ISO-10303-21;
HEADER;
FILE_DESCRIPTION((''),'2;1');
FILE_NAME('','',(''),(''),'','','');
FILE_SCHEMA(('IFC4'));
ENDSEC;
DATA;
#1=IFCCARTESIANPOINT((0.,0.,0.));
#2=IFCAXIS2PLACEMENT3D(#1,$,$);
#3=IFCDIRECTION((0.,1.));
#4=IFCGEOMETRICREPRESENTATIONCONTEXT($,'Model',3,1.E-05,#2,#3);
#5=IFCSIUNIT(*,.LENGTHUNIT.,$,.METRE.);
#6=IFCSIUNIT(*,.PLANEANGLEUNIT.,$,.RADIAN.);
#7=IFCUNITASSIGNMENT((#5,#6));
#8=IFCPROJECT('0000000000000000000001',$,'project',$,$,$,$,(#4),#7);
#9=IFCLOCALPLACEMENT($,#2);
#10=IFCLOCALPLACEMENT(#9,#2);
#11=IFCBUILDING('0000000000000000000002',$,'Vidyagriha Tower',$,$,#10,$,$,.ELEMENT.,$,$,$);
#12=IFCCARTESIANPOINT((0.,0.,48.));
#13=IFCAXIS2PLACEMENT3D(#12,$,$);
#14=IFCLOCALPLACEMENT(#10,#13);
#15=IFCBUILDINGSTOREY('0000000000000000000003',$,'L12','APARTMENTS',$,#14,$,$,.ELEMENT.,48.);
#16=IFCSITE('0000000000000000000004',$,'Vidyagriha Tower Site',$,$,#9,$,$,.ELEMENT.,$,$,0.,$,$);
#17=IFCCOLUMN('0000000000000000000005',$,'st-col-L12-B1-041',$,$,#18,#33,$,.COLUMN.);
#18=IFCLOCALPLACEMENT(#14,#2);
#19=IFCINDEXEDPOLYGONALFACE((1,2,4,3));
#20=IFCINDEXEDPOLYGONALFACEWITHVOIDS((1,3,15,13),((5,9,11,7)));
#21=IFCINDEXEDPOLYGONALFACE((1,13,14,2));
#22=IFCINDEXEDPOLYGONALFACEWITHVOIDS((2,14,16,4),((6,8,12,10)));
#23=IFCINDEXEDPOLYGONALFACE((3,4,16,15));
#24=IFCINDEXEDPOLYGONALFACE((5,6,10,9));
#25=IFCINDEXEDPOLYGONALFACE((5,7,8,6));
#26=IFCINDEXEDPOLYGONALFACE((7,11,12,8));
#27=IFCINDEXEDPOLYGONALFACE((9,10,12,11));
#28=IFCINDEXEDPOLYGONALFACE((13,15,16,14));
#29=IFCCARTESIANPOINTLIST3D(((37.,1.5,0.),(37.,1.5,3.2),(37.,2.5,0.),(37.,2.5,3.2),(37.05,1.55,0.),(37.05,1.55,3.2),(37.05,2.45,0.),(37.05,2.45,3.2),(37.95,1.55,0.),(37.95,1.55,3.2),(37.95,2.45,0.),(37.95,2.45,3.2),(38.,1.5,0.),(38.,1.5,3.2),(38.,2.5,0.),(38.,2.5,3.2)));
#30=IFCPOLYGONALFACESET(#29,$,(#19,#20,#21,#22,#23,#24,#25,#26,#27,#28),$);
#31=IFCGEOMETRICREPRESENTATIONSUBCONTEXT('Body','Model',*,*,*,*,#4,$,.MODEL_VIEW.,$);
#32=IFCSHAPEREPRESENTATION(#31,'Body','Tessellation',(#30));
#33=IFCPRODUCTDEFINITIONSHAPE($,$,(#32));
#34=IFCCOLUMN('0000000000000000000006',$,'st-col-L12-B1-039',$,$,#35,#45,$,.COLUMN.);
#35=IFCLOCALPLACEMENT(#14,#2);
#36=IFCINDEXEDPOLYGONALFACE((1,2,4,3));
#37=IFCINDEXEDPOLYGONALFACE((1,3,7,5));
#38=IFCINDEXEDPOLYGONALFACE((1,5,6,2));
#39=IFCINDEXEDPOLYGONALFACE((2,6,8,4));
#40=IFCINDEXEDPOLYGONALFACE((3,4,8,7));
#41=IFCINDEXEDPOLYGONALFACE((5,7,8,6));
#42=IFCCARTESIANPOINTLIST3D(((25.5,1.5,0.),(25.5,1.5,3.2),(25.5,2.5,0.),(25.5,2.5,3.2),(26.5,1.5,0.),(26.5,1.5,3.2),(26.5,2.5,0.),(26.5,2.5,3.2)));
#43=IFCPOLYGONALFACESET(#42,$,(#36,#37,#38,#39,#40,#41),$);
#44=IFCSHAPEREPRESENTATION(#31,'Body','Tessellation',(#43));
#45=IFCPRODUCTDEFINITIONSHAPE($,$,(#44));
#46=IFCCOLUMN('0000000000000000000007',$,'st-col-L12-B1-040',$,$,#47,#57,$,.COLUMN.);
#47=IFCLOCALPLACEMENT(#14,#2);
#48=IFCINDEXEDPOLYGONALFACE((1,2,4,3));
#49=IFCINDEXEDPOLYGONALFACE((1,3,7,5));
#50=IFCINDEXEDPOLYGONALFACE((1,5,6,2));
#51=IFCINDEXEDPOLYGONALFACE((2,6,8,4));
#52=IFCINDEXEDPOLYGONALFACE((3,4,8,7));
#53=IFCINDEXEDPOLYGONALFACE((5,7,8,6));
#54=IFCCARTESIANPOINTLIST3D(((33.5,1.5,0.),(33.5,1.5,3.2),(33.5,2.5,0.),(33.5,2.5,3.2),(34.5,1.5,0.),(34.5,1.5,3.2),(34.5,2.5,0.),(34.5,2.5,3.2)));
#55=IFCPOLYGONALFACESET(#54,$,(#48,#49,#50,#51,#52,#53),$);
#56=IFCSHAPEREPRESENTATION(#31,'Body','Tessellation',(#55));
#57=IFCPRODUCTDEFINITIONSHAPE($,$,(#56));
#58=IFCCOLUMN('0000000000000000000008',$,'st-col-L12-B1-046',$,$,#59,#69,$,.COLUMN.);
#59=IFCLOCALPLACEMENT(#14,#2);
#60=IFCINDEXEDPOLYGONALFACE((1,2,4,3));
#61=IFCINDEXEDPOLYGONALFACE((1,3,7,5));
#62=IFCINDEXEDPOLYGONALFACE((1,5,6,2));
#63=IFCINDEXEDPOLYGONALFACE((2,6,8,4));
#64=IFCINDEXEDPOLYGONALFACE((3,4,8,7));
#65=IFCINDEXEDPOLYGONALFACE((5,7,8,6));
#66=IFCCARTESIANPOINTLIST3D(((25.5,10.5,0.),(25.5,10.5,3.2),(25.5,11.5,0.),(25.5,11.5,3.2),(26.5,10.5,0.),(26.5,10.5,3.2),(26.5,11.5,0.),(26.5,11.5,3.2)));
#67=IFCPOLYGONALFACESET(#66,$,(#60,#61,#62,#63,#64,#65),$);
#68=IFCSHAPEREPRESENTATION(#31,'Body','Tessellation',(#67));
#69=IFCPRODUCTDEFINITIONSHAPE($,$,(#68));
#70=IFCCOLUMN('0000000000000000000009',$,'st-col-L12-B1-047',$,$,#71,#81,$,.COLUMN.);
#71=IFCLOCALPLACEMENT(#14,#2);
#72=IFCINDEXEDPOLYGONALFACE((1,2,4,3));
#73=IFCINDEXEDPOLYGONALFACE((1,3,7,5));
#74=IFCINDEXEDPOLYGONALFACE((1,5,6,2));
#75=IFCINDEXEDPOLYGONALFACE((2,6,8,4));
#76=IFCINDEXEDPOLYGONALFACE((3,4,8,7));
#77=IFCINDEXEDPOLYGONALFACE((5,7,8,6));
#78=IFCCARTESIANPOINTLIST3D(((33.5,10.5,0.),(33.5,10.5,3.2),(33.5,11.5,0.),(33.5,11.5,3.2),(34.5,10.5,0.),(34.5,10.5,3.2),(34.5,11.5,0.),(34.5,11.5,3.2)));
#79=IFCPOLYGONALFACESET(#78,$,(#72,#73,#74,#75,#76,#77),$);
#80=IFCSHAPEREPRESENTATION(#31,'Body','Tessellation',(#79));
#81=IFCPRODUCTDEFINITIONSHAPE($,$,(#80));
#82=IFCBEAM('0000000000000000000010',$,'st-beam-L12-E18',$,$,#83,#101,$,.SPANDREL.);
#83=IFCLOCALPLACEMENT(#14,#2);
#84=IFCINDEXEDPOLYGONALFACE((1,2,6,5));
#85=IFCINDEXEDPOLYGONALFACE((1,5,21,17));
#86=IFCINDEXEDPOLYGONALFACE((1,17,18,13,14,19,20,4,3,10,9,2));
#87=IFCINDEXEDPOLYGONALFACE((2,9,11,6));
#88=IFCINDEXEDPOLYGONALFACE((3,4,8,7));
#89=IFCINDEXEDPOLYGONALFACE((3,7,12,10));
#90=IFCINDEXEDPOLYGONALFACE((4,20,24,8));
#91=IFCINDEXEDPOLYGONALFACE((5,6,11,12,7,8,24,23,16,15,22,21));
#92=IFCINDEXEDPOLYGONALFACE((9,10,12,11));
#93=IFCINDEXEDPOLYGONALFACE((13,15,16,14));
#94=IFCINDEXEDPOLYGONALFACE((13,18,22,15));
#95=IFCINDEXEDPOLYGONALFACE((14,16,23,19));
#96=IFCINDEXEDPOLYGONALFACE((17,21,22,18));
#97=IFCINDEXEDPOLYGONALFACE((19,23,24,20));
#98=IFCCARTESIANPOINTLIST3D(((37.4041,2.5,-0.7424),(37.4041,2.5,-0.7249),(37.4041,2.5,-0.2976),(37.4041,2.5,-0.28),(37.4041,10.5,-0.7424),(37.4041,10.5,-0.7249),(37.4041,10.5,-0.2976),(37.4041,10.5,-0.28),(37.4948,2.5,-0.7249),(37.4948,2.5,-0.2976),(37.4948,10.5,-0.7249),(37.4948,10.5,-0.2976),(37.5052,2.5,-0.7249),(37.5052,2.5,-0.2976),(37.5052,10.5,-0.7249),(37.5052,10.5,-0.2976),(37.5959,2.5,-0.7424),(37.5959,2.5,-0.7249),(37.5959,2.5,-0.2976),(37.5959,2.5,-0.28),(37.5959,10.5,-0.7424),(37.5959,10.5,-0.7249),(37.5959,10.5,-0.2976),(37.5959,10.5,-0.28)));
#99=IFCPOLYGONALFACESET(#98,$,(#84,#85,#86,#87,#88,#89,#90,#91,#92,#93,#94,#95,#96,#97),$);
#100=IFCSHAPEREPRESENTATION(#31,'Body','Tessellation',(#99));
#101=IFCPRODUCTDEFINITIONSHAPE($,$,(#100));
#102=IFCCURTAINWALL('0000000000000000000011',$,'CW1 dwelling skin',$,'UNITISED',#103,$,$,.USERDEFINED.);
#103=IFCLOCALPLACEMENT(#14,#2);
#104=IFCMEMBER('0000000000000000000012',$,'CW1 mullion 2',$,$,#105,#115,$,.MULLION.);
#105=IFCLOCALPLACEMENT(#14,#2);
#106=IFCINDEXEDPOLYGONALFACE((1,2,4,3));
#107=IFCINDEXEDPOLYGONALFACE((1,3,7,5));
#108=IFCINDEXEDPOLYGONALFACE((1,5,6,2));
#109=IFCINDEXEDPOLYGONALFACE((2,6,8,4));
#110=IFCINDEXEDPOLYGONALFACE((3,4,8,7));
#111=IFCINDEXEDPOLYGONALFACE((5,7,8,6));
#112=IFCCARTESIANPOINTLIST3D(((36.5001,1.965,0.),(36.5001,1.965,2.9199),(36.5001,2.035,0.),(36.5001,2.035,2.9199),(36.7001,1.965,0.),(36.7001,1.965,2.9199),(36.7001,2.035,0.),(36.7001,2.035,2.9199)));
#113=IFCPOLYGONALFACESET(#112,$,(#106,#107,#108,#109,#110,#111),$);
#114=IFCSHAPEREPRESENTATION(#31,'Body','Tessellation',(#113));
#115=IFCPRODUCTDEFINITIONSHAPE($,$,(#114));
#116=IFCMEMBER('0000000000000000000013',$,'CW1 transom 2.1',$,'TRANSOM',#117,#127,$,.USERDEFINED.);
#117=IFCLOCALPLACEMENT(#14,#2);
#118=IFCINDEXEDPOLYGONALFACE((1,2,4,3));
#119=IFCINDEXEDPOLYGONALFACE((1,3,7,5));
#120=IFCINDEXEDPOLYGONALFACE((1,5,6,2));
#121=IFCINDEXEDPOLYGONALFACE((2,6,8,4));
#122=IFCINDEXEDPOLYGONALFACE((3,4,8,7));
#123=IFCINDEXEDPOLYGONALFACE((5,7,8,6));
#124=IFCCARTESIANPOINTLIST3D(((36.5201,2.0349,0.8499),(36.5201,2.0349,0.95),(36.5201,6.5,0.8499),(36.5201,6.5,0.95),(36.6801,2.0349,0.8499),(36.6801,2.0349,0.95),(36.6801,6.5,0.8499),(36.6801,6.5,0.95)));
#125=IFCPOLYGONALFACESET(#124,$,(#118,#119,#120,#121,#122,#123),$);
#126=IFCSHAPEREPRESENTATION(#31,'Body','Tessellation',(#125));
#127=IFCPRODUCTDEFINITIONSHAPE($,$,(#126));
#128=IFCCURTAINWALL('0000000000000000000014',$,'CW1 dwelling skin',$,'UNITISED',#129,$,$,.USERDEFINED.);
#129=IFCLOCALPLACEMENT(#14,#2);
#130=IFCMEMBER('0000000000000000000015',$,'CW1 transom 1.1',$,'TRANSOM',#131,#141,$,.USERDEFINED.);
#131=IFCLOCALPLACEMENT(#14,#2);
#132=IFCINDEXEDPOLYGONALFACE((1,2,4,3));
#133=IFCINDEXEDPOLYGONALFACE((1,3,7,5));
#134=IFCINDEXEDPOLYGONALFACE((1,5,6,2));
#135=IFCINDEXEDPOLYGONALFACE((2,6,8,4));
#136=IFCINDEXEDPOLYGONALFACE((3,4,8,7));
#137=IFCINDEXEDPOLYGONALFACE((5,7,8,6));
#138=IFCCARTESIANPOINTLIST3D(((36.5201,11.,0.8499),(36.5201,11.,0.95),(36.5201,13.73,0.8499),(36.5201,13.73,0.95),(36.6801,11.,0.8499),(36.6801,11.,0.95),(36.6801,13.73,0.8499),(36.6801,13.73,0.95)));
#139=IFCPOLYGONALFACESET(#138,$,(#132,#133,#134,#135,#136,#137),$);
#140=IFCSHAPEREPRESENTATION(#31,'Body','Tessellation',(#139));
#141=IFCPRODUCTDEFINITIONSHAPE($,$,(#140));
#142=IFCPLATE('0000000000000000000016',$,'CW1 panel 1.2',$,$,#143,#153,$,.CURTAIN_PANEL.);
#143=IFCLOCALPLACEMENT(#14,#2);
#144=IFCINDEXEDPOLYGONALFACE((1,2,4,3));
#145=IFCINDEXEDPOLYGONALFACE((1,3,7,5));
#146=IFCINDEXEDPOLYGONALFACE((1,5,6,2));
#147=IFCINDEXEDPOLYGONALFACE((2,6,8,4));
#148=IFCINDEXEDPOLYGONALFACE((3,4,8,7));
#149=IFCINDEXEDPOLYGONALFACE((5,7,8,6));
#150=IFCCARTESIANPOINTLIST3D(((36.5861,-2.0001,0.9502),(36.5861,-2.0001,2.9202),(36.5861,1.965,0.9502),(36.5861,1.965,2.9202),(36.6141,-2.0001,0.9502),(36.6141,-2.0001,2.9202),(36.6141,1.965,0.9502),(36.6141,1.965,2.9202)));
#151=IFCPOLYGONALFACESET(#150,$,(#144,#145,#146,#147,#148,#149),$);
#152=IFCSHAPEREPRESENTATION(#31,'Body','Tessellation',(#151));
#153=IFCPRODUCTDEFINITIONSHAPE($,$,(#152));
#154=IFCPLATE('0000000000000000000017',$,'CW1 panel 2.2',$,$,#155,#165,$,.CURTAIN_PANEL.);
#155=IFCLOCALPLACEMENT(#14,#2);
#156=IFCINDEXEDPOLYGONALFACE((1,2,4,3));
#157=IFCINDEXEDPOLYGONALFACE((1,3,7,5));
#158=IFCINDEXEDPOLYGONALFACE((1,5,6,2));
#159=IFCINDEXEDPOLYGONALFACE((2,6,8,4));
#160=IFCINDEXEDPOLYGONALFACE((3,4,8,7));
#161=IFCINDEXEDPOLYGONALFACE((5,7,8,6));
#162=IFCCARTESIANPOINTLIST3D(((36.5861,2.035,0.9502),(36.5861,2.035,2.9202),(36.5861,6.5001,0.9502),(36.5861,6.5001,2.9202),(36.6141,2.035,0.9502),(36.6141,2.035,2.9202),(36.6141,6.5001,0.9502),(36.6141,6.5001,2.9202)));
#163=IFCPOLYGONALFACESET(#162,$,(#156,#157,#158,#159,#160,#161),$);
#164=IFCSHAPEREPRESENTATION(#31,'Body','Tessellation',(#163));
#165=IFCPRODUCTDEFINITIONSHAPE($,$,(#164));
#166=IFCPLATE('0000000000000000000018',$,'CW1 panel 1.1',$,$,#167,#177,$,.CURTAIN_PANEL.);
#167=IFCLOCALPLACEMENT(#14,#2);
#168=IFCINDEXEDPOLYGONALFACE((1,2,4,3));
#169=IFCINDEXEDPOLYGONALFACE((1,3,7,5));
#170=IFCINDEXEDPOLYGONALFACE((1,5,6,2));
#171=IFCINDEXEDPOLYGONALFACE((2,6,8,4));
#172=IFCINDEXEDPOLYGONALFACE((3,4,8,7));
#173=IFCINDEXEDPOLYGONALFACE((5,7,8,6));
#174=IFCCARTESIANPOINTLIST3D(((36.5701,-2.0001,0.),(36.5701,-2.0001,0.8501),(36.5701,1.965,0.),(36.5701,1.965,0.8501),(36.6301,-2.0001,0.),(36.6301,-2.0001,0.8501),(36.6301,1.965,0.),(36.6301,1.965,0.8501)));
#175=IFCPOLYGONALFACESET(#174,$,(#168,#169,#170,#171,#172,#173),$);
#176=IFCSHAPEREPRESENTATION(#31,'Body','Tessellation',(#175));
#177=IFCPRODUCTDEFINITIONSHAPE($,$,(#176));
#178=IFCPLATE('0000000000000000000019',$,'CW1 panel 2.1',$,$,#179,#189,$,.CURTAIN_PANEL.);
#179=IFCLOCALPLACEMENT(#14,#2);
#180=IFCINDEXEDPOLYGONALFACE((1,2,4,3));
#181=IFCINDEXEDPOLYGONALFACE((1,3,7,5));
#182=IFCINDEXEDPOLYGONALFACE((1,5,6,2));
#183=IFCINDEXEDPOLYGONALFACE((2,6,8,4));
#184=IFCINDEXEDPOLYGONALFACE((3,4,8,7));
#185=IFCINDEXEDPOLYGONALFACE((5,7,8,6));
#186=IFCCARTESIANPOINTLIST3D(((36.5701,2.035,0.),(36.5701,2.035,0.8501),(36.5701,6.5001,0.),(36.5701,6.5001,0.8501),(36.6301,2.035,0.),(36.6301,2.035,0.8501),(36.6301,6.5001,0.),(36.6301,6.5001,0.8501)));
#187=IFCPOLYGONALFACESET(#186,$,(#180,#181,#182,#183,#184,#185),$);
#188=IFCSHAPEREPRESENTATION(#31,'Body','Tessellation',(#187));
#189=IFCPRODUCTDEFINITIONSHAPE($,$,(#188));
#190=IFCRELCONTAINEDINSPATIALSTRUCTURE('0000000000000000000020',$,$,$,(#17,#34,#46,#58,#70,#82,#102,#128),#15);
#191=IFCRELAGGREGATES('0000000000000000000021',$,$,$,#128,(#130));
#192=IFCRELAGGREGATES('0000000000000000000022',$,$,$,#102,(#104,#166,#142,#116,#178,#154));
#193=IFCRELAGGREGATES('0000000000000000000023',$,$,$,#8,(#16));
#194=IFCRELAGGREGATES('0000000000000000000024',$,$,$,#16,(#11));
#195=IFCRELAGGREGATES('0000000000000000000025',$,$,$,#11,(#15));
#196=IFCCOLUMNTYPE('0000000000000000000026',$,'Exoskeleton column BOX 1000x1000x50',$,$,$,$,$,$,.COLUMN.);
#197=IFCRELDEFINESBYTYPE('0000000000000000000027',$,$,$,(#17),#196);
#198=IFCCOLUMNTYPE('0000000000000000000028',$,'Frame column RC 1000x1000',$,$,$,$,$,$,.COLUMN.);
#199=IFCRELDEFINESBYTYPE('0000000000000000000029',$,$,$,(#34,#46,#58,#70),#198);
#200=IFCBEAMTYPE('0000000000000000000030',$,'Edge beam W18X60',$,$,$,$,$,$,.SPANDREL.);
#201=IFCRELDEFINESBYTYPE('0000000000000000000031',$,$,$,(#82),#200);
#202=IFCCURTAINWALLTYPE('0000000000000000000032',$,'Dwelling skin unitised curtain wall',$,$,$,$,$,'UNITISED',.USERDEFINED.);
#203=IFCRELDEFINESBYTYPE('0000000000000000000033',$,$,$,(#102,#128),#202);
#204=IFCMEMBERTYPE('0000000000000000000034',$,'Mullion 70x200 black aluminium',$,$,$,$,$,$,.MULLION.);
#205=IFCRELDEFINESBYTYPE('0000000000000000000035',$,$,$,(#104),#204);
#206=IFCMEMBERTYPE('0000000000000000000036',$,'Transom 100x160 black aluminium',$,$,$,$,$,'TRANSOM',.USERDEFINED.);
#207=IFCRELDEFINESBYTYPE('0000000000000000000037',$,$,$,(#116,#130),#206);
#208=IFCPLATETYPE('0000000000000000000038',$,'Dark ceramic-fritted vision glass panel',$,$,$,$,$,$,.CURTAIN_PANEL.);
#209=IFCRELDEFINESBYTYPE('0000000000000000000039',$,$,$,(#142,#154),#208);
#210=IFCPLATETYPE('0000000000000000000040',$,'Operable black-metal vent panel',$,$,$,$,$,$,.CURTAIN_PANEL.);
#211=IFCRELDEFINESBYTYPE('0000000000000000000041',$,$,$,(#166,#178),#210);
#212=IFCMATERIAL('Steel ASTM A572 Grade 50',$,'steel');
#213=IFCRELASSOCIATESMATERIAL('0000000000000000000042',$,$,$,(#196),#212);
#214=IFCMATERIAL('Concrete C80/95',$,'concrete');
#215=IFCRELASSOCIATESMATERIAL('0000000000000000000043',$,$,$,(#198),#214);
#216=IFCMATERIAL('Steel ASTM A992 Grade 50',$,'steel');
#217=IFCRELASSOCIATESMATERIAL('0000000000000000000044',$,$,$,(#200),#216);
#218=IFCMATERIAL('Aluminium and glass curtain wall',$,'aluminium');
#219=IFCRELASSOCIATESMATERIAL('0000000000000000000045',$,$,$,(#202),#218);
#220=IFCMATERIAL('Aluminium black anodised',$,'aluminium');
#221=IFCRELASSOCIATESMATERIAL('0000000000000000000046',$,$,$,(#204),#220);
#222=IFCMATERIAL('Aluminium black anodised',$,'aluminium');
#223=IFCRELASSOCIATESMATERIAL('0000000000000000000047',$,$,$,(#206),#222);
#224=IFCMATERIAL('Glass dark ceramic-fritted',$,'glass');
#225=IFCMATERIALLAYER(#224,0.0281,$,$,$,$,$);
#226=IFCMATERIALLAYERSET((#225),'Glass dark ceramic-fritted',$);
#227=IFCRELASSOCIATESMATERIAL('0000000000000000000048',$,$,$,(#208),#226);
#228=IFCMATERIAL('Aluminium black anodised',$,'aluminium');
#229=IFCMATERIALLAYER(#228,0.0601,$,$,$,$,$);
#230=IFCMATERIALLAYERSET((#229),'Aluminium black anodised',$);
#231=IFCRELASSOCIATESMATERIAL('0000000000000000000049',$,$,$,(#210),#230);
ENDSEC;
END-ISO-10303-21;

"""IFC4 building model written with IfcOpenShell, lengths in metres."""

from ifc_helpers import new_model, si_unit, direction, frame, origin, origin_2d, place, context, subcontext, project, spatial, rectangle, hollow_rectangle, i_section, extrude, material, layer, layer_set, material_profile, profile_set, type_object, element, aggregate, save


model = new_model("IFC4")

# Units and contexts
model_context = context("Model", 3, precision=1e-05, world=origin(), true_north=direction((0.0, 1.0)))
body_context = subcontext(model_context, "Body", "Model", "MODEL_VIEW")
ifc_project = project(units=[si_unit("LENGTHUNIT", "METRE"), si_unit("PLANEANGLEUNIT", "RADIAN")], contexts=[model_context])

# Site, building, storey
site_placement = place(None, origin())
site = spatial("IfcSite", under=ifc_project, at=site_placement, Name="Vidyagriha Tower Site", CompositionType="ELEMENT", RefElevation=0.0)
building_placement = place(site_placement, origin())
building = spatial("IfcBuilding", under=site, at=building_placement, Name="Vidyagriha Tower", CompositionType="ELEMENT")
storey_placement = place(building_placement, frame((0.0, 0.0, 48.0)))
storey = spatial("IfcBuildingStorey", under=building, at=storey_placement, Name="L12", Description="APARTMENTS", CompositionType="ELEMENT", Elevation=48.0)

# Columns
ifc_material_1 = material(Name="Steel ASTM A572 Grade 50", Category="steel")
ifc_material_profile_1 = material_profile(ifc_material_1, hollow_rectangle(XDim=1.0, YDim=1.0, WallThickness=0.05, at=origin_2d()), Name="BOX 1000x1000x50")
ifc_profile_set_1 = profile_set([ifc_material_profile_1], Name="Steel ASTM A572 Grade 50")
column_type_1 = type_object("IfcColumnType", Name="Exoskeleton column BOX 1000x1000x50", PredefinedType="COLUMN", material=ifc_profile_set_1)
column_placement = place(storey_placement, frame((37.5, 2.0, 0.0)))
element("IfcColumn", 1, at=column_placement, inside=storey, type_object=column_type_1, Name="st-col-L12-B1-041", PredefinedType="COLUMN", context=body_context, shape_type="SweptSolid", body=[
    extrude(hollow_rectangle(XDim=1.0, YDim=1.0, WallThickness=0.05, at=origin_2d()), origin(), (0.0, 0.0, 1.0), 3.2),
])
ifc_material_2 = material(Name="Concrete C80/95", Category="concrete")
ifc_material_profile_2 = material_profile(ifc_material_2, rectangle(XDim=1.0, YDim=1.0, at=origin_2d()), Name="RC 1000x1000")
ifc_profile_set_2 = profile_set([ifc_material_profile_2], Name="Concrete C80/95")
column_type_2 = type_object("IfcColumnType", Name="Frame column RC 1000x1000", PredefinedType="COLUMN", material=ifc_profile_set_2)
for number, where, name in (
    (2, (26.0, 2.0, 0.0), "st-col-L12-B1-039"),
    (3, (34.0, 2.0, 0.0), "st-col-L12-B1-040"),
    (4, (26.0, 11.0, 0.0), "st-col-L12-B1-046"),
    (5, (34.0, 11.0, 0.0), "st-col-L12-B1-047"),
):
    element("IfcColumn", number, at=place(storey_placement, frame(where)), inside=storey, type_object=column_type_2, Name=name, PredefinedType="COLUMN", context=body_context, shape_type="SweptSolid", body=[
        extrude(rectangle(XDim=1.0, YDim=1.0, at=origin_2d()), origin(), (0.0, 0.0, 1.0), 3.2),
    ])

# Beam
ifc_material_3 = material(Name="Steel ASTM A992 Grade 50", Category="steel")
ifc_material_profile_3 = material_profile(ifc_material_3, i_section(OverallWidth=0.1919, OverallDepth=0.4624, WebThickness=0.0105, FlangeThickness=0.0176, at=origin_2d()), Name="W18X60")
ifc_profile_set_3 = profile_set([ifc_material_profile_3], Name="Steel ASTM A992 Grade 50")
beam_type = type_object("IfcBeamType", Name="Edge beam W18X60", PredefinedType="SPANDREL", material=ifc_profile_set_3)
beam_placement = place(storey_placement, frame((37.5, 2.5, -0.5112), z_axis=(0.0, 1.0, 0.0), x_axis=(-1.0, 0.0, 0.0)))
element("IfcBeam", 6, at=beam_placement, inside=storey, type_object=beam_type, Name="st-beam-L12-E18", PredefinedType="SPANDREL", context=body_context, shape_type="SweptSolid", body=[
    extrude(i_section(OverallWidth=0.1919, OverallDepth=0.4624, WebThickness=0.0105, FlangeThickness=0.0176, at=origin_2d()), origin(), (0.0, 0.0, 1.0), 8.0),
])

# Curtain wall, members
ifc_material_4 = material(Name="Aluminium and glass curtain wall", Category="aluminium")
curtain_wall_type = type_object("IfcCurtainWallType", Name="Dwelling skin unitised curtain wall", ElementType="UNITISED", PredefinedType="USERDEFINED", material=ifc_material_4)
curtain_wall_1_placement = place(storey_placement, origin())
curtain_wall_1 = element("IfcCurtainWall", 7, at=curtain_wall_1_placement, inside=storey, type_object=curtain_wall_type, Name="CW1 dwelling skin", ObjectType="UNITISED", PredefinedType="USERDEFINED")
ifc_material_5 = material(Name="Aluminium black anodised", Category="aluminium")
ifc_material_profile_4 = material_profile(ifc_material_5, rectangle(XDim=0.2, YDim=0.0701, at=origin_2d()), Name="Mullion 70x200 black aluminium")
ifc_profile_set_4 = profile_set([ifc_material_profile_4], Name="Aluminium black anodised")
member_type_1 = type_object("IfcMemberType", Name="Mullion 70x200 black aluminium", PredefinedType="MULLION", material=ifc_profile_set_4)
member_1_placement = place(storey_placement, frame((36.6001, 2.0, 0.0), z_axis=(0.0, 0.0, 1.0), x_axis=(-1.0, 0.0, 0.0)))
member_1 = element("IfcMember", 8, at=member_1_placement, type_object=member_type_1, Name="CW1 mullion 2", PredefinedType="MULLION", context=body_context, shape_type="SweptSolid", body=[
    extrude(rectangle(XDim=0.2, YDim=0.0701, at=origin_2d()), origin(), (0.0, 0.0, 1.0), 2.9199),
])
ifc_material_6 = material(Name="Aluminium black anodised", Category="aluminium")
ifc_material_profile_5 = material_profile(ifc_material_6, rectangle(XDim=0.1599, YDim=0.1001, at=origin_2d()), Name="Transom 100x160 black aluminium")
ifc_profile_set_5 = profile_set([ifc_material_profile_5], Name="Aluminium black anodised")
member_type_2 = type_object("IfcMemberType", Name="Transom 100x160 black aluminium", ElementType="TRANSOM", PredefinedType="USERDEFINED", material=ifc_profile_set_5)
member_2_placement = place(storey_placement, frame((36.6001, 2.0349, 0.8999), z_axis=(0.0, 1.0, 0.0), x_axis=(-1.0, 0.0, 0.0)))
member_2 = element("IfcMember", 9, at=member_2_placement, type_object=member_type_2, Name="CW1 transom 2.1", ObjectType="TRANSOM", PredefinedType="USERDEFINED", context=body_context, shape_type="SweptSolid", body=[
    extrude(rectangle(XDim=0.1599, YDim=0.1001, at=origin_2d()), origin(), (0.0, 0.0, 1.0), 4.4651),
])

# Curtain wall, member
curtain_wall_2_placement = place(storey_placement, origin())
curtain_wall_2 = element("IfcCurtainWall", 10, at=curtain_wall_2_placement, inside=storey, type_object=curtain_wall_type, Name="CW1 dwelling skin", ObjectType="UNITISED", PredefinedType="USERDEFINED")
member_3_placement = place(storey_placement, frame((36.6001, 11.0, 0.8999), z_axis=(0.0, 1.0, 0.0), x_axis=(-1.0, 0.0, 0.0)))
member_3 = element("IfcMember", 11, at=member_3_placement, type_object=member_type_2, Name="CW1 transom 1.1", ObjectType="TRANSOM", PredefinedType="USERDEFINED", context=body_context, shape_type="SweptSolid", body=[
    extrude(rectangle(XDim=0.1599, YDim=0.1001, at=origin_2d()), origin(), (0.0, 0.0, 1.0), 2.73),
])
aggregate(curtain_wall_2, [member_3])

# Plates
ifc_material_7 = material(Name="Glass dark ceramic-fritted", Category="glass")
ifc_layer_1 = layer(ifc_material_7, 0.0281)
ifc_layer_set_1 = layer_set([ifc_layer_1], Name="Glass dark ceramic-fritted")
plate_type_1 = type_object("IfcPlateType", Name="Dark ceramic-fritted vision glass panel", PredefinedType="CURTAIN_PANEL", material=ifc_layer_set_1)
plate_1_placement = place(storey_placement, frame((36.6001, -0.0176, 0.9502), z_axis=(0.0, 0.0, 1.0), x_axis=(0.0, 1.0, 0.0)))
plate_1 = element("IfcPlate", 12, at=plate_1_placement, type_object=plate_type_1, Name="CW1 panel 1.2", PredefinedType="CURTAIN_PANEL", context=body_context, shape_type="SweptSolid", body=[
    extrude(rectangle(XDim=3.9651, YDim=0.0281, at=origin_2d()), origin(), (0.0, 0.0, 1.0), 1.97),
])
plate_2_placement = place(storey_placement, frame((36.6001, 4.2676, 0.9502), z_axis=(0.0, 0.0, 1.0), x_axis=(0.0, 1.0, 0.0)))
plate_2 = element("IfcPlate", 13, at=plate_2_placement, type_object=plate_type_1, Name="CW1 panel 2.2", PredefinedType="CURTAIN_PANEL", context=body_context, shape_type="SweptSolid", body=[
    extrude(rectangle(XDim=4.4651, YDim=0.0281, at=origin_2d()), origin(), (0.0, 0.0, 1.0), 1.97),
])
ifc_material_8 = material(Name="Aluminium black anodised", Category="aluminium")
ifc_layer_2 = layer(ifc_material_8, 0.0601)
ifc_layer_set_2 = layer_set([ifc_layer_2], Name="Aluminium black anodised")
plate_type_2 = type_object("IfcPlateType", Name="Operable black-metal vent panel", PredefinedType="CURTAIN_PANEL", material=ifc_layer_set_2)
plate_3_placement = place(storey_placement, frame((36.6001, -0.0176, 0.0), z_axis=(0.0, 0.0, 1.0), x_axis=(0.0, 1.0, 0.0)))
plate_3 = element("IfcPlate", 14, at=plate_3_placement, type_object=plate_type_2, Name="CW1 panel 1.1", PredefinedType="CURTAIN_PANEL", context=body_context, shape_type="SweptSolid", body=[
    extrude(rectangle(XDim=3.9651, YDim=0.0601, at=origin_2d()), origin(), (0.0, 0.0, 1.0), 0.8501),
])
plate_4_placement = place(storey_placement, frame((36.6001, 4.2676, 0.0), z_axis=(0.0, 0.0, 1.0), x_axis=(0.0, 1.0, 0.0)))
plate_4 = element("IfcPlate", 15, at=plate_4_placement, type_object=plate_type_2, Name="CW1 panel 2.1", PredefinedType="CURTAIN_PANEL", context=body_context, shape_type="SweptSolid", body=[
    extrude(rectangle(XDim=4.4651, YDim=0.0601, at=origin_2d()), origin(), (0.0, 0.0, 1.0), 0.8501),
])
aggregate(curtain_wall_1, [member_1, plate_3, plate_1, member_2, plate_4, plate_2])

save(model, "model.ifc")
